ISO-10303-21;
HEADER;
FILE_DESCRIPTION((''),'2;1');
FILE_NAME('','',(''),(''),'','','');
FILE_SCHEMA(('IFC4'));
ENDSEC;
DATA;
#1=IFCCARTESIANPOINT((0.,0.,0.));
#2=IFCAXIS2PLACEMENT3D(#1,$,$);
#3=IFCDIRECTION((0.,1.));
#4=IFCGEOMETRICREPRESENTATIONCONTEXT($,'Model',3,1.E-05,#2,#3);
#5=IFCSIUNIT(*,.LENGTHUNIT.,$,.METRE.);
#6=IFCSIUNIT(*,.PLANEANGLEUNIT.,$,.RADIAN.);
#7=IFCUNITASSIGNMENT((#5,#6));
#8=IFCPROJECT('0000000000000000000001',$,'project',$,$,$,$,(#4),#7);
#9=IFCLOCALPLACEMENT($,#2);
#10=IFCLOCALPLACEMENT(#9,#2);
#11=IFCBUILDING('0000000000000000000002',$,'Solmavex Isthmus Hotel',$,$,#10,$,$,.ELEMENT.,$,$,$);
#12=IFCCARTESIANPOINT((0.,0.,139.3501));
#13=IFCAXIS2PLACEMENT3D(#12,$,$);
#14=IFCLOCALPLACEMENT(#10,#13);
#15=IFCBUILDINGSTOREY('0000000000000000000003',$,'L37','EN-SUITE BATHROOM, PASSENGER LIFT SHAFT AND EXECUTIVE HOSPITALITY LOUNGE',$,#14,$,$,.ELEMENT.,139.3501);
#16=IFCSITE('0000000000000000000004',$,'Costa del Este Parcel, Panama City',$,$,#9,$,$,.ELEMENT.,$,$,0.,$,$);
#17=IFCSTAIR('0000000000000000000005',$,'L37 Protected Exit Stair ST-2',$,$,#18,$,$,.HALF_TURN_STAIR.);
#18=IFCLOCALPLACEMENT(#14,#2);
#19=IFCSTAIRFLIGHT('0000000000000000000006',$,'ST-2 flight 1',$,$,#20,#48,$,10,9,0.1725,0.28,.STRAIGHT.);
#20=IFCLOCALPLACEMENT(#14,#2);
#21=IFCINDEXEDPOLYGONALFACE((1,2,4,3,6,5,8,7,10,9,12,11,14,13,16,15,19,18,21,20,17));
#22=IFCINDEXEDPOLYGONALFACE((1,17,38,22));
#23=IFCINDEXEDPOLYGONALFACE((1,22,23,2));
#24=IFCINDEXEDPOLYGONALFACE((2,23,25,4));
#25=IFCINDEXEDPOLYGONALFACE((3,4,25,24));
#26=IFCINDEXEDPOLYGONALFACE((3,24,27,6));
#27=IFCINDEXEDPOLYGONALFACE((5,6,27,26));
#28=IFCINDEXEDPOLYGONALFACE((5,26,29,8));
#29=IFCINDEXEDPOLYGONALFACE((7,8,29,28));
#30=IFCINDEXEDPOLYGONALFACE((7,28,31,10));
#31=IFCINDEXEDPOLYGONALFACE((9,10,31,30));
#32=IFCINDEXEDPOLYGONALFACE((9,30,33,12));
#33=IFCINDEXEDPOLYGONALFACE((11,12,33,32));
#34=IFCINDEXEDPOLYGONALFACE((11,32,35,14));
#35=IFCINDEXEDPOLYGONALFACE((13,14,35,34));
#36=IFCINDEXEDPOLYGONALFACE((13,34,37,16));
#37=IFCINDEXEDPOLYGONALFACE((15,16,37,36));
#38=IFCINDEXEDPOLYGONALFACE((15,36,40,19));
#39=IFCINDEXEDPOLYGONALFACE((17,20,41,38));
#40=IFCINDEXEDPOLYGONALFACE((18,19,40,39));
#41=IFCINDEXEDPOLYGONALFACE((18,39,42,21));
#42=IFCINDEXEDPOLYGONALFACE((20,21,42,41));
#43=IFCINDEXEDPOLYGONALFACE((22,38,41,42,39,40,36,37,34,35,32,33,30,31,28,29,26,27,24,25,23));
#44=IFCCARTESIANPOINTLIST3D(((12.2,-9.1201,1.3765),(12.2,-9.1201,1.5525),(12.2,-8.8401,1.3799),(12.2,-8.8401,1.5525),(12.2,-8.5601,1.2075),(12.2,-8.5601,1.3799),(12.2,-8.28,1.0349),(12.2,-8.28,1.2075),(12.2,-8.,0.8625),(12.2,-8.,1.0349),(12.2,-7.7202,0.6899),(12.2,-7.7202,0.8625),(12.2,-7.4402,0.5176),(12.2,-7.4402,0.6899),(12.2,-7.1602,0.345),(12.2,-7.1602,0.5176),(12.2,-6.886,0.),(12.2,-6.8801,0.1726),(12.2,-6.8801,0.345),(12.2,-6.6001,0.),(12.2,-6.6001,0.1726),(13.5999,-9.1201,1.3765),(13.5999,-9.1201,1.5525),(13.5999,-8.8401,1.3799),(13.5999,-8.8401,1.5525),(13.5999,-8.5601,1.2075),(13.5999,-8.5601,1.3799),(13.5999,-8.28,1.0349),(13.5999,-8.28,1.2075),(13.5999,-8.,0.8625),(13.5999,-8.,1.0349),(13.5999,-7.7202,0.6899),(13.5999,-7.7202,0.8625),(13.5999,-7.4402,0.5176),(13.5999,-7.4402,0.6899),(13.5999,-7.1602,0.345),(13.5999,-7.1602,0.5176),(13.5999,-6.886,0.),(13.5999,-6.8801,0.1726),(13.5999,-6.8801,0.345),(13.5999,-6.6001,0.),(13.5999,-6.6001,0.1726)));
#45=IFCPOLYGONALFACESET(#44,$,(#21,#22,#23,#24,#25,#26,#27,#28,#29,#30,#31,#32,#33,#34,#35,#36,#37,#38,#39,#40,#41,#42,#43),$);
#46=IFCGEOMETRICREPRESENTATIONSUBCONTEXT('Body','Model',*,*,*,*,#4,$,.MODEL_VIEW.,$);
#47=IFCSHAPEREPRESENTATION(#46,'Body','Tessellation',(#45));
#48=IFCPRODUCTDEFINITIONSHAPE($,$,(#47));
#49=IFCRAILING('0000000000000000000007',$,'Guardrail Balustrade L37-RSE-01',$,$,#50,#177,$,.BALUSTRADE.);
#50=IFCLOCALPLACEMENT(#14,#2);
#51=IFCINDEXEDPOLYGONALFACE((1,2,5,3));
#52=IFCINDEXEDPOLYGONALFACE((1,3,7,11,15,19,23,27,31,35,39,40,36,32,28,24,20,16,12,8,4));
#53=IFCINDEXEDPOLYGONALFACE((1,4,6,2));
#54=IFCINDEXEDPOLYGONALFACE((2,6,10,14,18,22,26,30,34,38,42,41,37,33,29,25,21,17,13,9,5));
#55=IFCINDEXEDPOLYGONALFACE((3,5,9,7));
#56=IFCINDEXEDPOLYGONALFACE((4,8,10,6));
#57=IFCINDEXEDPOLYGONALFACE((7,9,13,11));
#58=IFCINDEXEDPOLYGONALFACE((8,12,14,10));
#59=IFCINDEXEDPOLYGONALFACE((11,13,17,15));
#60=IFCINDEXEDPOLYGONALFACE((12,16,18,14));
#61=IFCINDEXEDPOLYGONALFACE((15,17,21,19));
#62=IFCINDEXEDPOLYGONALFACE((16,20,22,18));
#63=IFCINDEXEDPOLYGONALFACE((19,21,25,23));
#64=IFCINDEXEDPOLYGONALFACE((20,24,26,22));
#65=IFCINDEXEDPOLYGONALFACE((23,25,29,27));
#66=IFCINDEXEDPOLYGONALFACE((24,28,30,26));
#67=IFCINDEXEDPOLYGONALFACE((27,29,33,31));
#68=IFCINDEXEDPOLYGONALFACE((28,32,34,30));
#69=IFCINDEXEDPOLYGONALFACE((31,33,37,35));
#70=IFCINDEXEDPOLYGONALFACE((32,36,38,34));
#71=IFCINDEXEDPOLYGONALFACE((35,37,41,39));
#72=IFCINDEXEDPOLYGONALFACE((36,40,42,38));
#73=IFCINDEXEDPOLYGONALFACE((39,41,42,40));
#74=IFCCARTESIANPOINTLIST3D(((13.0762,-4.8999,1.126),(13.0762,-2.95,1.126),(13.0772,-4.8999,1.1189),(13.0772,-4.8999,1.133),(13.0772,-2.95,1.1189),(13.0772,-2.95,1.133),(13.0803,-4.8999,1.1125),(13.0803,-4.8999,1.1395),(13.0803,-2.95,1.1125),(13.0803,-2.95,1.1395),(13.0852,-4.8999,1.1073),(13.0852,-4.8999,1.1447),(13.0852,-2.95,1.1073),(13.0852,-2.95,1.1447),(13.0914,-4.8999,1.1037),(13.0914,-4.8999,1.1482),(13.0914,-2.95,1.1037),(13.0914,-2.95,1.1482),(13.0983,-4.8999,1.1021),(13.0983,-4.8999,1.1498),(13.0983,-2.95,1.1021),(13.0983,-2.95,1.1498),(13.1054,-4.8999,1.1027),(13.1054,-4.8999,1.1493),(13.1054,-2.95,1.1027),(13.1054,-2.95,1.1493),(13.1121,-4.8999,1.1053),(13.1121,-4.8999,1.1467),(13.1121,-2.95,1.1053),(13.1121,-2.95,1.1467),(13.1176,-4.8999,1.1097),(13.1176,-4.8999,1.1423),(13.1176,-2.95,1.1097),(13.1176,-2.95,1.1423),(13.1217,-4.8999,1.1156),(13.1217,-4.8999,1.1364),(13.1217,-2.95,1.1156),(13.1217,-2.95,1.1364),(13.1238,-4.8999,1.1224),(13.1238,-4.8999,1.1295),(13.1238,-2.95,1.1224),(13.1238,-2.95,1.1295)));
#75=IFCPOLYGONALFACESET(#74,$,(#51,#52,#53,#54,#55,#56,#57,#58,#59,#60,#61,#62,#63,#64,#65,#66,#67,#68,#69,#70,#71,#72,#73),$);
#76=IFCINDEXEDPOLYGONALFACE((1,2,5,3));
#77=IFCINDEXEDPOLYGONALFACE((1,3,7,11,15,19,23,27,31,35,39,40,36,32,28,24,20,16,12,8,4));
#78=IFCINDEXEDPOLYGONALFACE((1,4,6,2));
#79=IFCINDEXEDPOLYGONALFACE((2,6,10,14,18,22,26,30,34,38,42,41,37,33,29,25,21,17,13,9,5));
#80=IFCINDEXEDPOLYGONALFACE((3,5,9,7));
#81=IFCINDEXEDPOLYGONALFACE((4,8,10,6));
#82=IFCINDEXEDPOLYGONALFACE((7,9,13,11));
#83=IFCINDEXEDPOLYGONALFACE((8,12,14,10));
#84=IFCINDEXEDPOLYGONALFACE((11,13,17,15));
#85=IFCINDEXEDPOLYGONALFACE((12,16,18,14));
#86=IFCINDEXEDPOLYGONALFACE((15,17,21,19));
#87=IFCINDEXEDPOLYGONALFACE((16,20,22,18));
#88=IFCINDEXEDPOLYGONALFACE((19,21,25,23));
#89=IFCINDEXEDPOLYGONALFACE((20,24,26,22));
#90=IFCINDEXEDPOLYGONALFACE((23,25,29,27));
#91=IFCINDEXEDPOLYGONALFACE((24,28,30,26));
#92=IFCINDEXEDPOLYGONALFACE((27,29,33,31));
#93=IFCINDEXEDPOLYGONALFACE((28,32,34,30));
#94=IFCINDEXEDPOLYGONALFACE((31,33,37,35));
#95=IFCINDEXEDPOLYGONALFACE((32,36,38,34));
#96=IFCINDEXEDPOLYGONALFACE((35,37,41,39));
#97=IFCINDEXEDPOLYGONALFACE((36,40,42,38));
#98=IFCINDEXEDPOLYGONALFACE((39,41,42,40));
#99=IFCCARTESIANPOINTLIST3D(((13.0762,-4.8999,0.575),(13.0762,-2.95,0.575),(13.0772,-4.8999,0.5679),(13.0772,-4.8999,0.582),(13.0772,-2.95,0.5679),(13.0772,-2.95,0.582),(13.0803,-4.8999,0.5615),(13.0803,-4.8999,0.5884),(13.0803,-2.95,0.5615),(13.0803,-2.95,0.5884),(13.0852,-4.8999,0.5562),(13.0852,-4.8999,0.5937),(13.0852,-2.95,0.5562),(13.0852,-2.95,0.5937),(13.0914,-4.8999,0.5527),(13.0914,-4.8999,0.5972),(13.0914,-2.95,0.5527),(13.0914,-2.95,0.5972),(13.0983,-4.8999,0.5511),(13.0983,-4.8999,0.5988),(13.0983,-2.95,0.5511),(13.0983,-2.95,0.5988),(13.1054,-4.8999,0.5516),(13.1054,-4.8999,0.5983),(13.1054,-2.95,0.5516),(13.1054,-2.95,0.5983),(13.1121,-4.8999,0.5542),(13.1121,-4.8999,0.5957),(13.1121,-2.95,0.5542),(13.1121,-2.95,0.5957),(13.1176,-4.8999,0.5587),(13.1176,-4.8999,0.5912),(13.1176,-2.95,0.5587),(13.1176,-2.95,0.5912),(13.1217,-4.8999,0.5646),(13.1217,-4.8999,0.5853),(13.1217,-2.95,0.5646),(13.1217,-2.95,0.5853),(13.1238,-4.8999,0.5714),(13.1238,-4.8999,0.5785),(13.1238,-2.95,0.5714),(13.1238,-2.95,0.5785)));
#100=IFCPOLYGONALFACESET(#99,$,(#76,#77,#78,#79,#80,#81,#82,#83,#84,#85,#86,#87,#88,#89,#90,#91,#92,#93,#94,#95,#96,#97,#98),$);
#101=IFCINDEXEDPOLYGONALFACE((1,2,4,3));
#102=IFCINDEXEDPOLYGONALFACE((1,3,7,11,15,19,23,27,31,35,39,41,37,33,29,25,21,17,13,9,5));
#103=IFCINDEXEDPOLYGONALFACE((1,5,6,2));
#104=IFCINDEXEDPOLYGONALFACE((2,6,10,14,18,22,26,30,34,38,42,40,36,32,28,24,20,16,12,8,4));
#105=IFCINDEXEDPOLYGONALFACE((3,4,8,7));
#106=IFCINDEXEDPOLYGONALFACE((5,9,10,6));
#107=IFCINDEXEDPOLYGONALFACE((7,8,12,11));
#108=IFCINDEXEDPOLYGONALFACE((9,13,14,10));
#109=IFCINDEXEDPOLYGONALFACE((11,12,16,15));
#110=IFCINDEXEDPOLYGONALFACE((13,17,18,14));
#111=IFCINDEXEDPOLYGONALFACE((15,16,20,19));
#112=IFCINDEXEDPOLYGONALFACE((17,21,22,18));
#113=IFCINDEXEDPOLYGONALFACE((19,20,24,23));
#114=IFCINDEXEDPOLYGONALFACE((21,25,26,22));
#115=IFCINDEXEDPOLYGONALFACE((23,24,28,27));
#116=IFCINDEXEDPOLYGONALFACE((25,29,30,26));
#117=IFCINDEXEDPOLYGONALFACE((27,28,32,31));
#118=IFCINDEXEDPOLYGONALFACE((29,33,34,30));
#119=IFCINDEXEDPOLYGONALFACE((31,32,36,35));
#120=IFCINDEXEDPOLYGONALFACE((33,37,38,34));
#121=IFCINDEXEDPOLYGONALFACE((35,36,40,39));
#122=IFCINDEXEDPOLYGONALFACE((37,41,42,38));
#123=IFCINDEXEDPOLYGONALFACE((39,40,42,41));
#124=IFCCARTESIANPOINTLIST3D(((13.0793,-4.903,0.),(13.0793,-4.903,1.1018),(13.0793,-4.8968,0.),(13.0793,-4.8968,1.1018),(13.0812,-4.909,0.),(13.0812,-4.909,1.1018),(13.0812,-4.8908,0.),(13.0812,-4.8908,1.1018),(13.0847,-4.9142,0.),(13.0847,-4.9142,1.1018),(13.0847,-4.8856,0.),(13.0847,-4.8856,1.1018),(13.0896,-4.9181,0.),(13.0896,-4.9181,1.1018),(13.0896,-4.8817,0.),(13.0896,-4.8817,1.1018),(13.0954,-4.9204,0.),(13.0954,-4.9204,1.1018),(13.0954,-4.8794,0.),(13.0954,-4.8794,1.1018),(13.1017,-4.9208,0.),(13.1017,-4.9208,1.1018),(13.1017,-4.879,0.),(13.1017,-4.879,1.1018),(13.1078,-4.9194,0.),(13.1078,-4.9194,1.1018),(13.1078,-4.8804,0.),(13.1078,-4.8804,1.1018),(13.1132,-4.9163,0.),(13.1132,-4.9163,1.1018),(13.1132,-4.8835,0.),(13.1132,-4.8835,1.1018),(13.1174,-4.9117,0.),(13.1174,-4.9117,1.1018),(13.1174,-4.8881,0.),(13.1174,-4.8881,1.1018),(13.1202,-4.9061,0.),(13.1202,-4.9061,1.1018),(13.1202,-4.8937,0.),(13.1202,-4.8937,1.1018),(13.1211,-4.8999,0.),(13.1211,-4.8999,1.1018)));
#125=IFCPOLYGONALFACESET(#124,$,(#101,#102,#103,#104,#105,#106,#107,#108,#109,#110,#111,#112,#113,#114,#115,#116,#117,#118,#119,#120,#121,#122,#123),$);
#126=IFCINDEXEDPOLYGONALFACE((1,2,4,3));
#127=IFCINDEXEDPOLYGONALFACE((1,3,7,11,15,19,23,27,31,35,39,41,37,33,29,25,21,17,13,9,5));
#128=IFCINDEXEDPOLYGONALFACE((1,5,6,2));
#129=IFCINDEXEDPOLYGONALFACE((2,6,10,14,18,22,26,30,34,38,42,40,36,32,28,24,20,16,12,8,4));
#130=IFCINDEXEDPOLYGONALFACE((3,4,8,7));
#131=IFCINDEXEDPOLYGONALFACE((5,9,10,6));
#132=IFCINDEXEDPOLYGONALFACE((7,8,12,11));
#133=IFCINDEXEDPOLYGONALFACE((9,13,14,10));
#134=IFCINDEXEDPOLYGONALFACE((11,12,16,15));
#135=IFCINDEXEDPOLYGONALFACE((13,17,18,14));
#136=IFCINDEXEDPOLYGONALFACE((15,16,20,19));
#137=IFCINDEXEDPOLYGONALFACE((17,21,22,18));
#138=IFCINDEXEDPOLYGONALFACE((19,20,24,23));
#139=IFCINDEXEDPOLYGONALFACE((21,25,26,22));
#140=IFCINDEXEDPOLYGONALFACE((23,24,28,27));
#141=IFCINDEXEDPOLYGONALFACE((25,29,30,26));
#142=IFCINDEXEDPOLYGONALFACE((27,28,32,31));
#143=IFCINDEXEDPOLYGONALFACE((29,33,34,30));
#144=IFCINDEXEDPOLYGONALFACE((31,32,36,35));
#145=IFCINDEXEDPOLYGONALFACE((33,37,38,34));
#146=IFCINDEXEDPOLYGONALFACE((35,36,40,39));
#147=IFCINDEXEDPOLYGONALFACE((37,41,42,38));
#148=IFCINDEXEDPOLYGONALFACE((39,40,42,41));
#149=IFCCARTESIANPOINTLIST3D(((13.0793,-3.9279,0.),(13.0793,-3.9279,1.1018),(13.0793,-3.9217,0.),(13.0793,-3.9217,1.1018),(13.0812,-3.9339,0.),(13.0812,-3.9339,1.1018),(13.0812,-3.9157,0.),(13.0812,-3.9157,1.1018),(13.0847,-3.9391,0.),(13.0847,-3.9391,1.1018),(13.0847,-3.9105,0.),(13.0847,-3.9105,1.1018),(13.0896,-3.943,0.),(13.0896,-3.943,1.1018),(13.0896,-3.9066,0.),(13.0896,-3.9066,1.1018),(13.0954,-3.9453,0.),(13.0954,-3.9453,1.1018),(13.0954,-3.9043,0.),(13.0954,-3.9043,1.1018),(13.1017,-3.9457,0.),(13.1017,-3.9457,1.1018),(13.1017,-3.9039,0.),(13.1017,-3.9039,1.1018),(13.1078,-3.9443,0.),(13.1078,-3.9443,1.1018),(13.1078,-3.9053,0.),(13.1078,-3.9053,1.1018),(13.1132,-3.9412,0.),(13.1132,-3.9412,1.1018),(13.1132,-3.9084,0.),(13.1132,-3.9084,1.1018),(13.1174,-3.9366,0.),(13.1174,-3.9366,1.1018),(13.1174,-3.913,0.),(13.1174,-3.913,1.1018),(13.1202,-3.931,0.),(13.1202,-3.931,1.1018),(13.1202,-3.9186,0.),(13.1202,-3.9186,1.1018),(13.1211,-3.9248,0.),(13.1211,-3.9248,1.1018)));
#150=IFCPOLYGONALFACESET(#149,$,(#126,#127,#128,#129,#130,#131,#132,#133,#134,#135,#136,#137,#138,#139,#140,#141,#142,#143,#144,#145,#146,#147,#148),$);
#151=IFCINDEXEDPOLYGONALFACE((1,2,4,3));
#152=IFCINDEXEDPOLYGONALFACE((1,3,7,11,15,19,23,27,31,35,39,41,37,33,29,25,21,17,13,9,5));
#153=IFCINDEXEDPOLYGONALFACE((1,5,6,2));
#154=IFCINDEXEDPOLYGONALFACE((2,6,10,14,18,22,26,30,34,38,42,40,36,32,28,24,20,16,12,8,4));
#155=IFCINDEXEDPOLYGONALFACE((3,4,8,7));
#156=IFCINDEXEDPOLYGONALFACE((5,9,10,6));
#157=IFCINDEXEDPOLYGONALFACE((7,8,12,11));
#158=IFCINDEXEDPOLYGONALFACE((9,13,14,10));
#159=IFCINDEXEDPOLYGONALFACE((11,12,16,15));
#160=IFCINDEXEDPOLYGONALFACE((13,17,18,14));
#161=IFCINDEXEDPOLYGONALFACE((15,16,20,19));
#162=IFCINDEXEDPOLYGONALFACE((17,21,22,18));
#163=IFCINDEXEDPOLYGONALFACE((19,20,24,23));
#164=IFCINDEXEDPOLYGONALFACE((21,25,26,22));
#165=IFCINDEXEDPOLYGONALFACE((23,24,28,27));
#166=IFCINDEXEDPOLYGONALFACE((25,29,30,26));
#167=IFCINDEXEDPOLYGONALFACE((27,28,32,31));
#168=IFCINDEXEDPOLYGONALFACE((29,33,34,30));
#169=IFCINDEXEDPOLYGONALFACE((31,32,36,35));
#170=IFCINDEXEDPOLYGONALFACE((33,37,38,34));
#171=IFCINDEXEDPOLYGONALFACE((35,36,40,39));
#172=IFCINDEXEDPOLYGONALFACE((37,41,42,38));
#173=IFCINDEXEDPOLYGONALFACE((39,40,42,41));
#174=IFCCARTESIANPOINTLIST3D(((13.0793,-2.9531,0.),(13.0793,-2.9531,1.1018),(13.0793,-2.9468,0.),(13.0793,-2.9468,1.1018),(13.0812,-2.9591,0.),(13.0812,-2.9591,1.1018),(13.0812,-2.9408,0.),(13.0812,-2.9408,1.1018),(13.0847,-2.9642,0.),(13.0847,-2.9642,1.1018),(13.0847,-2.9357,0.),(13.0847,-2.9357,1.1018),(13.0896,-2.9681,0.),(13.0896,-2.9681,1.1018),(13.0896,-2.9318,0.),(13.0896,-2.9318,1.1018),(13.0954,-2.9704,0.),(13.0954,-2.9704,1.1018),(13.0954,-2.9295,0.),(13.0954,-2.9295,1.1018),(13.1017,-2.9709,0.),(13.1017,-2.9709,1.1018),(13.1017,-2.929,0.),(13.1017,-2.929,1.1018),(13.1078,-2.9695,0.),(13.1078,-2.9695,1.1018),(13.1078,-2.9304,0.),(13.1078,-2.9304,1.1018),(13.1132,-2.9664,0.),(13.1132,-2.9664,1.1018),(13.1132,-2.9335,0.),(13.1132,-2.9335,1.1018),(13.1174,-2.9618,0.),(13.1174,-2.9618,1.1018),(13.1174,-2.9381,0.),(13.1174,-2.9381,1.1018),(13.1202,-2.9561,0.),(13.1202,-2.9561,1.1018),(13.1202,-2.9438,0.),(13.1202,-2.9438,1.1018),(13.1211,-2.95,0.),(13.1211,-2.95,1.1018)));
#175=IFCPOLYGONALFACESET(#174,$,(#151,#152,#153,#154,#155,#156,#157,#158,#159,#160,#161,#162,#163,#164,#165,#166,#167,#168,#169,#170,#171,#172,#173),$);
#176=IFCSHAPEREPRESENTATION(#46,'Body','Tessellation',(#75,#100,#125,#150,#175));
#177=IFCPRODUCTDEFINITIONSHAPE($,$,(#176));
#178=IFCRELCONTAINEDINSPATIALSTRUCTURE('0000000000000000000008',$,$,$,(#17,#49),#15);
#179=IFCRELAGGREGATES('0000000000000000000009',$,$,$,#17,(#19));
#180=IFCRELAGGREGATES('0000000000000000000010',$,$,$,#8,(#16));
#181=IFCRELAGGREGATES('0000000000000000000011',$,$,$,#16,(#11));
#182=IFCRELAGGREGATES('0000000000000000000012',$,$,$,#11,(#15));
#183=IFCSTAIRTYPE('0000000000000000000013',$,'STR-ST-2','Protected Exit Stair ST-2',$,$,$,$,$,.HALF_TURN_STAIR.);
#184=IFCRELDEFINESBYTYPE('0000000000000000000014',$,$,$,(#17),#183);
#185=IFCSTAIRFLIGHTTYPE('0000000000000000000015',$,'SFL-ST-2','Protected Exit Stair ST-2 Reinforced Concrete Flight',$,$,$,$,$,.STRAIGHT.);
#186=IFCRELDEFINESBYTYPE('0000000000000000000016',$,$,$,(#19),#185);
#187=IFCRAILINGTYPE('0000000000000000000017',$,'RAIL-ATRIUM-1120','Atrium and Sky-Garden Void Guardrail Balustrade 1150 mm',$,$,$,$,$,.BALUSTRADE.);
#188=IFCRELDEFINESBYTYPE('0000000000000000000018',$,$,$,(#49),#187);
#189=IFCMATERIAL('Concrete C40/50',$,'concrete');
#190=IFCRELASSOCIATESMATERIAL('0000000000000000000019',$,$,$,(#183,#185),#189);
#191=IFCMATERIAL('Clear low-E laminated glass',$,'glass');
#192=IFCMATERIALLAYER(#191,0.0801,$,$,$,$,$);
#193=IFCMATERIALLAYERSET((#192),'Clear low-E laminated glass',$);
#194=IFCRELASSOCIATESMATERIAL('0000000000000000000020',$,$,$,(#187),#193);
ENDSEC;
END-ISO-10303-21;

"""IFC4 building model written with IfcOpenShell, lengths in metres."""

from ifc_helpers import new_model, si_unit, direction, frame, origin, origin_2d, place, context, subcontext, project, spatial, polyline, circle, outline, extrude, material, layer, layer_set, type_object, element, aggregate, save


model = new_model("IFC4")

# Units and contexts
model_context = context("Model", 3, precision=1e-05, world=origin(), true_north=direction((0.0, 1.0)))
body_context = subcontext(model_context, "Body", "Model", "MODEL_VIEW")
ifc_project = project(units=[si_unit("LENGTHUNIT", "METRE"), si_unit("PLANEANGLEUNIT", "RADIAN")], contexts=[model_context])

# Site, building, storey
site_placement = place(None, origin())
site = spatial("IfcSite", under=ifc_project, at=site_placement, Name="Costa del Este Parcel, Panama City", CompositionType="ELEMENT", RefElevation=0.0)
building_placement = place(site_placement, origin())
building = spatial("IfcBuilding", under=site, at=building_placement, Name="Solmavex Isthmus Hotel", CompositionType="ELEMENT")
storey_placement = place(building_placement, frame((0.0, 0.0, 139.3501)))
storey = spatial("IfcBuildingStorey", under=building, at=storey_placement, Name="L37", Description="EN-SUITE BATHROOM, PASSENGER LIFT SHAFT AND EXECUTIVE HOSPITALITY LOUNGE", CompositionType="ELEMENT", Elevation=139.3501)

# Shared definitions
ifc_material_1 = material(Name="Concrete C40/50", Category="concrete")

# Stair, stair flight
stair_type = type_object("IfcStairType", Name="STR-ST-2", Description="Protected Exit Stair ST-2", PredefinedType="HALF_TURN_STAIR", material=ifc_material_1)
stair_placement = place(storey_placement, origin())
stair = element("IfcStair", 1, at=stair_placement, inside=storey, type_object=stair_type, Name="L37 Protected Exit Stair ST-2", PredefinedType="HALF_TURN_STAIR")
stair_flight_type = type_object("IfcStairFlightType", Name="SFL-ST-2", Description="Protected Exit Stair ST-2 Reinforced Concrete Flight", PredefinedType="STRAIGHT", material=ifc_material_1)
stair_flight_placement = place(storey_placement, frame((12.8999, -6.6001, 0.0), z_axis=(0.0, 0.0, 1.0), x_axis=(0.0, -1.0, 0.0)))
stair_flight = element("IfcStairFlight", 2, at=stair_flight_placement, type_object=stair_flight_type, Name="ST-2 flight 1", NumberOfRisers=10, NumberOfTreads=9, PredefinedType="STRAIGHT", RiserHeight=0.1725, TreadLength=0.28, context=body_context, shape_type="SweptSolid", body=[
    extrude(outline(polyline([(0.0, 0.0), (0.0, 0.1726), (0.28, 0.1726), (0.28, 0.345), (0.5601, 0.345), (0.5601, 0.5176), (0.8401, 0.5176), (0.8401, 0.6899), (1.1201, 0.6899), (1.1201, 0.8625), (1.3999, 0.8625), (1.3999, 1.0349), (1.6799, 1.0349), (1.6799, 1.2075), (1.96, 1.2075), (1.96, 1.3799), (2.24, 1.3799), (2.24, 1.5525), (2.52, 1.5525), (2.52, 1.7251), (2.52, 1.3765), (0.2859, 0.0), (0.0, 0.0)])), frame((0.0, 0.7, 0.0), z_axis=(0.0, -1.0, 0.0), x_axis=(1.0, 0.0, 0.0)), (0.0, 0.0, 1.0), 1.3999),
])
aggregate(stair, [stair_flight])

# Railing
ifc_material_2 = material(Name="Clear low-E laminated glass", Category="glass")
ifc_layer_1 = layer(ifc_material_2, 0.0801)
ifc_layer_set_1 = layer_set([ifc_layer_1], Name="Clear low-E laminated glass")
railing_type_1 = type_object("IfcRailingType", Name="RAIL-ATRIUM-1120", Description="Atrium and Sky-Garden Void Guardrail Balustrade 1150 mm", PredefinedType="BALUSTRADE", material=ifc_layer_set_1)
railing_1_placement = place(storey_placement, frame((13.1001, -4.8999, 0.0)))
element("IfcRailing", 3, at=railing_1_placement, inside=storey, type_object=railing_type_1, Name="Guardrail Balustrade L37-RSE-01", PredefinedType="BALUSTRADE", context=body_context, shape_type="SweptSolid", body=[
    extrude(circle(Radius=0.0239, at=origin_2d()), frame((0.0, 0.0, 1.126), z_axis=(0.0, 1.0, 0.0), x_axis=(-1.0, 0.0, 0.0)), (0.0, 0.0, 1.0), 1.95),
    extrude(circle(Radius=0.0239, at=origin_2d()), frame((0.0, 0.0, 0.575), z_axis=(0.0, 1.0, 0.0), x_axis=(-1.0, 0.0, 0.0)), (0.0, 0.0, 1.0), 1.95),
    extrude(circle(Radius=0.021, at=origin_2d()), origin(), (0.0, 0.0, 1.0), 1.1018),
    extrude(circle(Radius=0.021, at=origin_2d()), frame((0.0, 0.9751, 0.0)), (0.0, 0.0, 1.0), 1.1018),
    extrude(circle(Radius=0.021, at=origin_2d()), frame((0.0, 1.95, 0.0)), (0.0, 0.0, 1.0), 1.1018),
])

save(model, "model.ifc")
